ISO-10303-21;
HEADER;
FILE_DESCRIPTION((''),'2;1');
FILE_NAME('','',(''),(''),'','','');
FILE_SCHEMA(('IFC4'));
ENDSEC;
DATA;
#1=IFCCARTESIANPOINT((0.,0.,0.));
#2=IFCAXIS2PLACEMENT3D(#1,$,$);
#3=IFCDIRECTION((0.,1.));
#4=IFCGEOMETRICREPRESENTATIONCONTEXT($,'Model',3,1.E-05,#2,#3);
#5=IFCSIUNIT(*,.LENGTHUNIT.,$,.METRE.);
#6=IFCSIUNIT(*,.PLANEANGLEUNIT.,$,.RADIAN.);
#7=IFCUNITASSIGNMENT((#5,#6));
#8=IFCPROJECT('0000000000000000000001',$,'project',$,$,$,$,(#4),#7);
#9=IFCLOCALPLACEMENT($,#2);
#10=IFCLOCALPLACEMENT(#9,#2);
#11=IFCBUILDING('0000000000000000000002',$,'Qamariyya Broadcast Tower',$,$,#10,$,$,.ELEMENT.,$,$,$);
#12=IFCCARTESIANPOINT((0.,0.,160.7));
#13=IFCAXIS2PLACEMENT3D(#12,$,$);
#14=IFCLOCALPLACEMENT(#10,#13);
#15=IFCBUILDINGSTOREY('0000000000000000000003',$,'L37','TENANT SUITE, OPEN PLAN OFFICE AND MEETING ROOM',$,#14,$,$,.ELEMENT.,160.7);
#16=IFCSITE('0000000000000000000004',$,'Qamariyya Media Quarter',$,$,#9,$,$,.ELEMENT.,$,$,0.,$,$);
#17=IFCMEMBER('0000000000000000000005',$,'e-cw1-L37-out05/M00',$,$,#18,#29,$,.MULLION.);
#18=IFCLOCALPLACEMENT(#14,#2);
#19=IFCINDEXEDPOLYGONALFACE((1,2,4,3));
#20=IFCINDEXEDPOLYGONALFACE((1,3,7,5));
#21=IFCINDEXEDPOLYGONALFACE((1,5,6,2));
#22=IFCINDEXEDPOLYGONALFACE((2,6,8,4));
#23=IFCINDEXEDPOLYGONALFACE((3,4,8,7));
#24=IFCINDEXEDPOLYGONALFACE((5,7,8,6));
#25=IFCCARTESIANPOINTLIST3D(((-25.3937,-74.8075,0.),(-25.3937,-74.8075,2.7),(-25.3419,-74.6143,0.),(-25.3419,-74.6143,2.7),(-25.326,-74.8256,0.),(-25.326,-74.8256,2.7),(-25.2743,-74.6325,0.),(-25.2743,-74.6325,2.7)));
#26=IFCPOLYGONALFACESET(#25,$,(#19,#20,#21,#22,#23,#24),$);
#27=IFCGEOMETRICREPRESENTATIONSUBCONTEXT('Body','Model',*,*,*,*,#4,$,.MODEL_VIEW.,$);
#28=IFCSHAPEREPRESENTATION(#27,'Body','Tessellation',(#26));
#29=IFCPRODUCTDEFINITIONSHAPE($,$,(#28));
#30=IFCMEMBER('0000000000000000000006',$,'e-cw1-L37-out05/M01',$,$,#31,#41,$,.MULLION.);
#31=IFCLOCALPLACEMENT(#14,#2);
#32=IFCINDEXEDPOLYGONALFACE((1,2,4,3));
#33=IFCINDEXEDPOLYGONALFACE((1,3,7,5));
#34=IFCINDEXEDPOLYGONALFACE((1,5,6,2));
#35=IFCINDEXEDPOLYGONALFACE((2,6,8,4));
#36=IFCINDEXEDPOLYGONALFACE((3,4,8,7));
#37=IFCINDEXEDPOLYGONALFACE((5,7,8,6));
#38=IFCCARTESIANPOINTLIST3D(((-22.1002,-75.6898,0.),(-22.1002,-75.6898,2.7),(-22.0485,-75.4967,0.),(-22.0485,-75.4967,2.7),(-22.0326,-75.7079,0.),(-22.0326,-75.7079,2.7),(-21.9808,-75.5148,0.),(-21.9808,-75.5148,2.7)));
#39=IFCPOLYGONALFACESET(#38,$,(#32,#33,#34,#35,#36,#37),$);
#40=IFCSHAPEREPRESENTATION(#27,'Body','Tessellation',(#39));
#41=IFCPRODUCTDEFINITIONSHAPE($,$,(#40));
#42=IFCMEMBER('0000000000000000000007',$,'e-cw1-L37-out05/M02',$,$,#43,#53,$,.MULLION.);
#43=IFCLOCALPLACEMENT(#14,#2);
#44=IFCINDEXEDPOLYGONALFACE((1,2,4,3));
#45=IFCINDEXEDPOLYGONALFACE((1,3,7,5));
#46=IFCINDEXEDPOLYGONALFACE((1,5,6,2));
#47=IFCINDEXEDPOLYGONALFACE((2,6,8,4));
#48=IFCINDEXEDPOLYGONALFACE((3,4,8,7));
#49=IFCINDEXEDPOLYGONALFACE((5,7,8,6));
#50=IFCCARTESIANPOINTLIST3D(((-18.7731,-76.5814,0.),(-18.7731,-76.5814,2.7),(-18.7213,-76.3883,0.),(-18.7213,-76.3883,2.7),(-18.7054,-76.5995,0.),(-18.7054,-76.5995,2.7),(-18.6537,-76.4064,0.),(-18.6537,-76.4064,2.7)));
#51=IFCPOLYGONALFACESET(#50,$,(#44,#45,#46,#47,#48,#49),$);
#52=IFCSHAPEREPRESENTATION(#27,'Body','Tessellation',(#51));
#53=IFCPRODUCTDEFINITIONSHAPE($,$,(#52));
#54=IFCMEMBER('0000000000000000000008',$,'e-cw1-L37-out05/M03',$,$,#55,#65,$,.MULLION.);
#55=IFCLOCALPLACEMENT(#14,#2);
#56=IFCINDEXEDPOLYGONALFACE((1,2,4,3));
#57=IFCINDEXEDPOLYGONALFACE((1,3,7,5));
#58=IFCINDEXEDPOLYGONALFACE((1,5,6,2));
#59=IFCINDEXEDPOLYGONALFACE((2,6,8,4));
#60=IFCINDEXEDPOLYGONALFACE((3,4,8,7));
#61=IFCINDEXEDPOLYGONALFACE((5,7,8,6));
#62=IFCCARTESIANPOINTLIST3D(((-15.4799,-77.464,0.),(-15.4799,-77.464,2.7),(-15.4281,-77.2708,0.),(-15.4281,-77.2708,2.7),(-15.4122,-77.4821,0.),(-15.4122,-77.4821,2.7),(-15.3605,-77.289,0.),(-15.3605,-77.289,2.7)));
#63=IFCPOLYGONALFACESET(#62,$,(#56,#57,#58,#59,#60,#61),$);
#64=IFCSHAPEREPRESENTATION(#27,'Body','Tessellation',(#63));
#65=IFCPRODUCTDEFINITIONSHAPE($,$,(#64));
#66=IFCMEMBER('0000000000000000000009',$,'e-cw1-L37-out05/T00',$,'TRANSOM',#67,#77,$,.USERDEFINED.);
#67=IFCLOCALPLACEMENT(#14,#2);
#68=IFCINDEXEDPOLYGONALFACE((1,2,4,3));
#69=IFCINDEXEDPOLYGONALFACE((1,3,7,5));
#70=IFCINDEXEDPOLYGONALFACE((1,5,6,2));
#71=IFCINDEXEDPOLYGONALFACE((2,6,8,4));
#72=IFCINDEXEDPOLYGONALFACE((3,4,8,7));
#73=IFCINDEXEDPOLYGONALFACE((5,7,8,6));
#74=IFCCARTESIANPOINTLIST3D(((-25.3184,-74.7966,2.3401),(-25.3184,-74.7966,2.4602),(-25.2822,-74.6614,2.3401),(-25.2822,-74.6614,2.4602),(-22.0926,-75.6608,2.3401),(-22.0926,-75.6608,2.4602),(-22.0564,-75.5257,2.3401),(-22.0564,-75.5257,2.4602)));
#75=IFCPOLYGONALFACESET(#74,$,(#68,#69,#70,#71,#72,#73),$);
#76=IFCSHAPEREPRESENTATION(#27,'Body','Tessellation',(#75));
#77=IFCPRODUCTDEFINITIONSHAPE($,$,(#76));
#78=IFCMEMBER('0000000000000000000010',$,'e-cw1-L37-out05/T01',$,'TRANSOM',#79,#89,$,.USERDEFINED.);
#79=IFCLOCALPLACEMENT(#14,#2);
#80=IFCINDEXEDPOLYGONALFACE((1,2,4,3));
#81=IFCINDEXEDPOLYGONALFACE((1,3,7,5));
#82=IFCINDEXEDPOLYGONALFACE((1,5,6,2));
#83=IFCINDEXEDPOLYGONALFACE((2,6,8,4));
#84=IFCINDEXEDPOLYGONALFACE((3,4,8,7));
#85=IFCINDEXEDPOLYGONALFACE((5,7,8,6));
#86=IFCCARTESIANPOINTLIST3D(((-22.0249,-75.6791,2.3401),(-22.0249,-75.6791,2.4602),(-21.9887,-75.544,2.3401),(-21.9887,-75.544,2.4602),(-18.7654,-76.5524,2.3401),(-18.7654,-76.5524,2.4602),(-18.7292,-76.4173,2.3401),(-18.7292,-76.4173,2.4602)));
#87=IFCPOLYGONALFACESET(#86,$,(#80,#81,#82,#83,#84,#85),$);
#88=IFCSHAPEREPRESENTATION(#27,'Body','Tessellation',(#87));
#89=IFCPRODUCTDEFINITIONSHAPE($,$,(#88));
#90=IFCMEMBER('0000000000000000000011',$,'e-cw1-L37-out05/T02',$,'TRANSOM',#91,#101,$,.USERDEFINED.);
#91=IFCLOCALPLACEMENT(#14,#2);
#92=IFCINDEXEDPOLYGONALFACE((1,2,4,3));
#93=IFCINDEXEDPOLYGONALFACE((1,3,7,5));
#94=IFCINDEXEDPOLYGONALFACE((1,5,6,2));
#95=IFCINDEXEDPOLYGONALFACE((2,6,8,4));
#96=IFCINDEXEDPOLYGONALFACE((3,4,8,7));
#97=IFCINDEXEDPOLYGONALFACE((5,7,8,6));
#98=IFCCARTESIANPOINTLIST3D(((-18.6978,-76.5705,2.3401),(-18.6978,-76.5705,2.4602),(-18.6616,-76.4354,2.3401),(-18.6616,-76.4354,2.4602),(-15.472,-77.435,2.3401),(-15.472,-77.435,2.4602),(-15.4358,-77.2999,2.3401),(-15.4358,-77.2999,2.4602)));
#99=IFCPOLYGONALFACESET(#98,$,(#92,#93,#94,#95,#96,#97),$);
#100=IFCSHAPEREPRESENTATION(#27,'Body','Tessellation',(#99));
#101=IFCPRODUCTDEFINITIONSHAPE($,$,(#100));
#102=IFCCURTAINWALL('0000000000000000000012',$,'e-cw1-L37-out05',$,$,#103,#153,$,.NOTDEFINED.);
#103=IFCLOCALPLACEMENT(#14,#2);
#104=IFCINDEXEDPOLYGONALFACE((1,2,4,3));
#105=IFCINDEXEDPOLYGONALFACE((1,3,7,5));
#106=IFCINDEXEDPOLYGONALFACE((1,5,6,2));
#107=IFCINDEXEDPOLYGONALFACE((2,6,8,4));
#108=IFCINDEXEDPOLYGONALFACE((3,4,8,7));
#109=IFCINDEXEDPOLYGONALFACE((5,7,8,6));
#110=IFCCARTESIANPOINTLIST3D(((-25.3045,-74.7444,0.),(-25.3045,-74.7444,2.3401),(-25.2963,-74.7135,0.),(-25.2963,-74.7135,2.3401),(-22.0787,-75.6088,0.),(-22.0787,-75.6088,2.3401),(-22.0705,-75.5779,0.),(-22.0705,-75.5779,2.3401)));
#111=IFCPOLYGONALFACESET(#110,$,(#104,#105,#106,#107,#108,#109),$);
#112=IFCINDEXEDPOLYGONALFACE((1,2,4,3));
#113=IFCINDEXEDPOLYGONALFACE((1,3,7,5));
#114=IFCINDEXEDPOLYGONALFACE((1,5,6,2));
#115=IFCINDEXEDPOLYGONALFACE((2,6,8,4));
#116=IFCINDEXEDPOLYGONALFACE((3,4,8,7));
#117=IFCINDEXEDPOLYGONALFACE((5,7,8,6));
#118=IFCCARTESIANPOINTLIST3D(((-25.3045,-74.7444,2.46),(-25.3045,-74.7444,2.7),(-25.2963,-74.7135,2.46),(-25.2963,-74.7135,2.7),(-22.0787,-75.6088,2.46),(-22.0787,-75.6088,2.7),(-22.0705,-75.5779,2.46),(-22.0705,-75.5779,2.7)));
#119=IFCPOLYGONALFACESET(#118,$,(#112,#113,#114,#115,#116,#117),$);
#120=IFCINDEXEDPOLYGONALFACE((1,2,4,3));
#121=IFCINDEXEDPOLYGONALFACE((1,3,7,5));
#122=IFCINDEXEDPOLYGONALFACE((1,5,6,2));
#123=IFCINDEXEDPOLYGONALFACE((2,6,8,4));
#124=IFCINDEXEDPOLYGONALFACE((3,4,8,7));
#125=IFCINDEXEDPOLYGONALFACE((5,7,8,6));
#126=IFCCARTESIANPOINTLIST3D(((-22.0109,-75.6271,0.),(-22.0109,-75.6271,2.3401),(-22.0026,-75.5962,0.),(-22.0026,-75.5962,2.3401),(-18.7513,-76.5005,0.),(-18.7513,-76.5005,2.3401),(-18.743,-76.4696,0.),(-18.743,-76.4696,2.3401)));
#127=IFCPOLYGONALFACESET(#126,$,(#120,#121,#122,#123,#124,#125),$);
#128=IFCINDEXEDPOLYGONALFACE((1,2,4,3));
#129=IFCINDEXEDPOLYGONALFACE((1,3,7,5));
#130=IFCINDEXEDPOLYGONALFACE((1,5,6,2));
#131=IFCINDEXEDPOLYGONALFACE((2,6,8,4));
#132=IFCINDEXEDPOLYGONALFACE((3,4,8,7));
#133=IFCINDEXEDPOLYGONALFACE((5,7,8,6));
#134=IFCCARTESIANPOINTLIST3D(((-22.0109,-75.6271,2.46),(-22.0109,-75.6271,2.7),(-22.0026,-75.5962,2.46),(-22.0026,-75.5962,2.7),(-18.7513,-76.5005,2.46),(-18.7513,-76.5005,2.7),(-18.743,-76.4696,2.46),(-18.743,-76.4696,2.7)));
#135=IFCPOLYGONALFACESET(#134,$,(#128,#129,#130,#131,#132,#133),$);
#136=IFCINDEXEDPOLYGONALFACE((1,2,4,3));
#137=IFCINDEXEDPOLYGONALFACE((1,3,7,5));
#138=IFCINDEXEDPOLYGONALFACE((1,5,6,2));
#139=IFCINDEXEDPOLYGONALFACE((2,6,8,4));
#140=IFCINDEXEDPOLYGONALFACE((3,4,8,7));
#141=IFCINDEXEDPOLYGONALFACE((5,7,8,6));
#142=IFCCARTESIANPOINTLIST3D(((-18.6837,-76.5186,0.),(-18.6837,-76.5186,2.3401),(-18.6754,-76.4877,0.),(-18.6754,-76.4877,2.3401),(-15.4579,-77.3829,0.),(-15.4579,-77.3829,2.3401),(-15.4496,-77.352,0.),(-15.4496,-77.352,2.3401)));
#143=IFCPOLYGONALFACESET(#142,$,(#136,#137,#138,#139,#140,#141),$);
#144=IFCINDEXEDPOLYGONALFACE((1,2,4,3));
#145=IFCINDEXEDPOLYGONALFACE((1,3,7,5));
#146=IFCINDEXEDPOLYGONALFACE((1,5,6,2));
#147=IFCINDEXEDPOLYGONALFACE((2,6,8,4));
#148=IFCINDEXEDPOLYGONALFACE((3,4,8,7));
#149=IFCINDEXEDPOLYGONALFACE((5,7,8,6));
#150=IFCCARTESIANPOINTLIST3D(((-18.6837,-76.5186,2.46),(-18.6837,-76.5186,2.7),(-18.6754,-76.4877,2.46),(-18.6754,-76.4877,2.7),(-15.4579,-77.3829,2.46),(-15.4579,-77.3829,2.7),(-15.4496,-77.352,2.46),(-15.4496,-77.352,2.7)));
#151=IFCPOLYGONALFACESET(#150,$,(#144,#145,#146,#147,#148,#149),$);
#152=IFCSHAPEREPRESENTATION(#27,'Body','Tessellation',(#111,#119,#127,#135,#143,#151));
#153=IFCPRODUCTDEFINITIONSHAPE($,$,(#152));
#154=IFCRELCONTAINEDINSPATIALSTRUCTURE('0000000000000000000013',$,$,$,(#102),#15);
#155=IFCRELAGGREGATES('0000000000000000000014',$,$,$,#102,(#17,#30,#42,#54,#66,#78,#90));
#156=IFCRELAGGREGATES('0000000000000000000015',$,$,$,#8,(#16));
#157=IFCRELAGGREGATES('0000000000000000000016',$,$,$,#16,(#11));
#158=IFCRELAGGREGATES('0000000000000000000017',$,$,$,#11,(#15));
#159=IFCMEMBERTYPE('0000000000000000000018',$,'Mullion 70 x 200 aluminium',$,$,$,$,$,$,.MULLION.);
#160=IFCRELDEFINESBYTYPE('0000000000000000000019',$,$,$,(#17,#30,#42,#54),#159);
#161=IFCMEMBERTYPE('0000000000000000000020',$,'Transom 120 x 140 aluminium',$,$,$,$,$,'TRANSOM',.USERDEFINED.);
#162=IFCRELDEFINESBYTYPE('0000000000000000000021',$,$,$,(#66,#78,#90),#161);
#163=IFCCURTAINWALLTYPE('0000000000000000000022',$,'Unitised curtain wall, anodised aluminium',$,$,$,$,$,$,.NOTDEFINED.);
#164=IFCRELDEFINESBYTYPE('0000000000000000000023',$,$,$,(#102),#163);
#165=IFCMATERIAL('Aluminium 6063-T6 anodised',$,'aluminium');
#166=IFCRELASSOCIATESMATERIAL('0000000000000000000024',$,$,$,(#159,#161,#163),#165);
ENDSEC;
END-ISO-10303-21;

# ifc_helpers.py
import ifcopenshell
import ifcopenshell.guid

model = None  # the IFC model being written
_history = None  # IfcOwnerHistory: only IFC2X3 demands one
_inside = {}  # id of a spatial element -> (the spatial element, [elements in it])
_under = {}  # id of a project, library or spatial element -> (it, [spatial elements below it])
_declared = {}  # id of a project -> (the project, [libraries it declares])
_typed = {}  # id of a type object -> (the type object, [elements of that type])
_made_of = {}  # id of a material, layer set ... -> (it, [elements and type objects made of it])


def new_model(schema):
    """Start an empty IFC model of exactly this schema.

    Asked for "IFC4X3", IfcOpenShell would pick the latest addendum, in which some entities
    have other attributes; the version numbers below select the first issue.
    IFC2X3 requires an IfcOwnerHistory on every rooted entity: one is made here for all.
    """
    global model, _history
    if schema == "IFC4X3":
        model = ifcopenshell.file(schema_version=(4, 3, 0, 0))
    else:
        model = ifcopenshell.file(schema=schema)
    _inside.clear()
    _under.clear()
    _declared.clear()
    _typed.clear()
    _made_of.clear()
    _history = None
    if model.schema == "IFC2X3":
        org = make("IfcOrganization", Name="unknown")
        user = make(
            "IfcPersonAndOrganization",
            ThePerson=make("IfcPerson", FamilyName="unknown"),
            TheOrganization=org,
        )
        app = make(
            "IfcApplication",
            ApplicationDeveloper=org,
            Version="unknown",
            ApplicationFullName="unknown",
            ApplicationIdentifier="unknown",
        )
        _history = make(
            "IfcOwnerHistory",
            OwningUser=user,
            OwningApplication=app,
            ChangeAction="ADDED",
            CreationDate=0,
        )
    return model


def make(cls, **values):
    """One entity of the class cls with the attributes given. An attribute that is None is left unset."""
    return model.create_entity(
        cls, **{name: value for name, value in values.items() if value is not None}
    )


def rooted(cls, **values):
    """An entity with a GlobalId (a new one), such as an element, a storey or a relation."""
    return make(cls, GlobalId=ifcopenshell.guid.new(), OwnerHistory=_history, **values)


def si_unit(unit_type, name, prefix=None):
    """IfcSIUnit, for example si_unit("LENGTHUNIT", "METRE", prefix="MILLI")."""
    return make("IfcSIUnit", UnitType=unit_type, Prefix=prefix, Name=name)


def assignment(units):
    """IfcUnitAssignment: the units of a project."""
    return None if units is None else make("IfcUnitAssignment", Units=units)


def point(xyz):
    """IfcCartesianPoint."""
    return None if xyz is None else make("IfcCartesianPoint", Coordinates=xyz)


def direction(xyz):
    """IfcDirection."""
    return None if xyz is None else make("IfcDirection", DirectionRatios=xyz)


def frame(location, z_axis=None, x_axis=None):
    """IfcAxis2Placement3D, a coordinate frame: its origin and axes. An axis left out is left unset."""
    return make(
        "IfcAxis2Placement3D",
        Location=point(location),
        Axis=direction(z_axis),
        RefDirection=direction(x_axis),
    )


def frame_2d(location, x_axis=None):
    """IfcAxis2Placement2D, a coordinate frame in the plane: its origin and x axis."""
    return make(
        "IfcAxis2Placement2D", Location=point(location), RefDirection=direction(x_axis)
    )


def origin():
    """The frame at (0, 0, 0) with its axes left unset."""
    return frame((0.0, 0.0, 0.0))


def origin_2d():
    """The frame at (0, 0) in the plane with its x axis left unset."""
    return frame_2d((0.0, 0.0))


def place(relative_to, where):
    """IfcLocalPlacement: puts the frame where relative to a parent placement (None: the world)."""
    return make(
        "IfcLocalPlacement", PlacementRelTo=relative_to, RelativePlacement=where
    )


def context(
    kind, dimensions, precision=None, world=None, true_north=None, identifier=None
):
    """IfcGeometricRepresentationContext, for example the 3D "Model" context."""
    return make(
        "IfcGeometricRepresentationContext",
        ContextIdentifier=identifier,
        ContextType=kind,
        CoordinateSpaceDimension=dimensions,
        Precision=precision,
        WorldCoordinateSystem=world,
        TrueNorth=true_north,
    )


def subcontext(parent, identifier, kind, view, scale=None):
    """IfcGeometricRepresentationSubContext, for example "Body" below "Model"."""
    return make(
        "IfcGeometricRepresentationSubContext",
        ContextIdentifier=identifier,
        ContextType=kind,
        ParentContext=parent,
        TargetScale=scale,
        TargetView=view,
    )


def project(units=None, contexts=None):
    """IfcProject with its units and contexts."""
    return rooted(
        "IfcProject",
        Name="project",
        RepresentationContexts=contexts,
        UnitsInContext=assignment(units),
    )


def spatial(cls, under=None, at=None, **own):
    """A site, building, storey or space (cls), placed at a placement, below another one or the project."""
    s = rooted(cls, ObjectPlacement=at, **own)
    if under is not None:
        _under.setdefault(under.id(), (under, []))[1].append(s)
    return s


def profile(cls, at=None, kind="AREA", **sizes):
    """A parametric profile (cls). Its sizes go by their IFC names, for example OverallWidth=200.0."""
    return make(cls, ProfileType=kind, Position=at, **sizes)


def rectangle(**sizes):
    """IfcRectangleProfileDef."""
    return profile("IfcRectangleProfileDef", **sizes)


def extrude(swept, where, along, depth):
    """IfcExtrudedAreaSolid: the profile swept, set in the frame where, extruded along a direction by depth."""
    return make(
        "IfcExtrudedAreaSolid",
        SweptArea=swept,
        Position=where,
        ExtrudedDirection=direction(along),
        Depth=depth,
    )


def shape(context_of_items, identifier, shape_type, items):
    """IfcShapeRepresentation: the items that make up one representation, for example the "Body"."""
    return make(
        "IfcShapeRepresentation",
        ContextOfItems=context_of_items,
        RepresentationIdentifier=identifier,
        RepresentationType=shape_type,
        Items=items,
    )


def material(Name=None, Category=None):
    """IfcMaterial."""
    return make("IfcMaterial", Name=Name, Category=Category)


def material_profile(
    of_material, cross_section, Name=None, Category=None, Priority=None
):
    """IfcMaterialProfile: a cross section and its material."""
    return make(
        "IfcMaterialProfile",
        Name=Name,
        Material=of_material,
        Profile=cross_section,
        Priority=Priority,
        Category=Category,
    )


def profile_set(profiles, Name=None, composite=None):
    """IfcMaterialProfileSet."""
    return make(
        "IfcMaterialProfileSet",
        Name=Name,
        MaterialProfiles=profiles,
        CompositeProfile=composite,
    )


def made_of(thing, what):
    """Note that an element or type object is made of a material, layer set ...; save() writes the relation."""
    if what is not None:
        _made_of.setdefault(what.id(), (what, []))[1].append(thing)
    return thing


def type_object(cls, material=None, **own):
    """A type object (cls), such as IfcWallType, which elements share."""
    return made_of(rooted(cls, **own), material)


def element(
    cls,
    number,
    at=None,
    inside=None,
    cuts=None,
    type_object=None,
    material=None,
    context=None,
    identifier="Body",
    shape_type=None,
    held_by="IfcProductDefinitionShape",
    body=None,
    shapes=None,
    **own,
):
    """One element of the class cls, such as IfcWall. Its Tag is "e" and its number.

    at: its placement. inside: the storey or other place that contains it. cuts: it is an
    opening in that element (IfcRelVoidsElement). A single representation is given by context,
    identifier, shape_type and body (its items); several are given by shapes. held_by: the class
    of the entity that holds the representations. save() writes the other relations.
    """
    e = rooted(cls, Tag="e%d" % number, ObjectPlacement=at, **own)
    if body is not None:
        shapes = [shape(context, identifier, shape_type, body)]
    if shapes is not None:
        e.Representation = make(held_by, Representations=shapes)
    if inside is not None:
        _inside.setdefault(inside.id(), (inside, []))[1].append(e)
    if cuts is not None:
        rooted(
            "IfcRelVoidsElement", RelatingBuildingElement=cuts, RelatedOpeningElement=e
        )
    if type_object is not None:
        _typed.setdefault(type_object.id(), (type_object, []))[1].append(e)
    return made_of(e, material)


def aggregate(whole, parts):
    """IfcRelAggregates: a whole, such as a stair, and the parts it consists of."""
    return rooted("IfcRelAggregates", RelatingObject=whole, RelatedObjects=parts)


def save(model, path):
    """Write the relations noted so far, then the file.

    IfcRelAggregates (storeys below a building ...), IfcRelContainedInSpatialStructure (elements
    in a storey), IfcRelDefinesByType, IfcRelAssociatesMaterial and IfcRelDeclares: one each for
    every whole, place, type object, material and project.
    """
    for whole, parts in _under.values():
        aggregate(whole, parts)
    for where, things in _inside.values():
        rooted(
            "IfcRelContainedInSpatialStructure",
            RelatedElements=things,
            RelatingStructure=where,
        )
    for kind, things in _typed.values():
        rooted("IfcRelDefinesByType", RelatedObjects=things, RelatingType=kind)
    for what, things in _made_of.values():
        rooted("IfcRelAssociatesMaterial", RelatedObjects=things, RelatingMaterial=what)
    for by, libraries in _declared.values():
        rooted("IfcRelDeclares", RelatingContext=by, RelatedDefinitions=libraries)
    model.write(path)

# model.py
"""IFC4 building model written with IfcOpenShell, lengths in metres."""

from ifc_helpers import new_model, si_unit, direction, frame, origin, origin_2d, place, context, subcontext, project, spatial, rectangle, extrude, material, material_profile, profile_set, type_object, element, aggregate, save


model = new_model("IFC4")

# Units and contexts
model_context = context("Model", 3, precision=1e-05, world=origin(), true_north=direction((0.0, 1.0)))
body_context = subcontext(model_context, "Body", "Model", "MODEL_VIEW")
ifc_project = project(units=[si_unit("LENGTHUNIT", "METRE"), si_unit("PLANEANGLEUNIT", "RADIAN")], contexts=[model_context])

# Members
ifc_material = material(Name="Aluminium 6063-T6 anodised", Category="aluminium")
ifc_material_profile_1 = material_profile(ifc_material, rectangle(XDim=0.2, YDim=0.0701, at=origin_2d()))
ifc_profile_set_1 = profile_set([ifc_material_profile_1], Name="Aluminium 6063-T6 anodised")
member_type_1 = type_object("IfcMemberType", Name="Mullion 70 x 200 aluminium", PredefinedType="MULLION", material=ifc_profile_set_1)
site_placement = place(None, origin())
building_placement = place(site_placement, origin())
storey_placement = place(building_placement, frame((0.0, 0.0, 160.7)))
member_1_placement = place(storey_placement, frame((-25.334, -74.72, 0.0), z_axis=(0.0, 0.0, 1.0), x_axis=(0.258819, 0.965926, 0.0)))
member_1 = element("IfcMember", 1, at=member_1_placement, type_object=member_type_1, Name="e-cw1-L37-out05/M00", PredefinedType="MULLION", context=body_context, shape_type="SweptSolid", body=[
    extrude(rectangle(XDim=0.2, YDim=0.0701, at=origin_2d()), origin(), (0.0, 0.0, 1.0), 2.7),
])
member_2_placement = place(storey_placement, frame((-22.0405, -75.6023, 0.0), z_axis=(0.0, 0.0, 1.0), x_axis=(0.258819, 0.965926, 0.0)))
member_2 = element("IfcMember", 2, at=member_2_placement, type_object=member_type_1, Name="e-cw1-L37-out05/M01", PredefinedType="MULLION", context=body_context, shape_type="SweptSolid", body=[
    extrude(rectangle(XDim=0.2, YDim=0.0701, at=origin_2d()), origin(), (0.0, 0.0, 1.0), 2.7),
])
member_3_placement = place(storey_placement, frame((-18.7134, -76.4939, 0.0), z_axis=(0.0, 0.0, 1.0), x_axis=(0.258819, 0.965926, 0.0)))
member_3 = element("IfcMember", 3, at=member_3_placement, type_object=member_type_1, Name="e-cw1-L37-out05/M02", PredefinedType="MULLION", context=body_context, shape_type="SweptSolid", body=[
    extrude(rectangle(XDim=0.2, YDim=0.0701, at=origin_2d()), origin(), (0.0, 0.0, 1.0), 2.7),
])
member_4_placement = place(storey_placement, frame((-15.4202, -77.3765, 0.0), z_axis=(0.0, 0.0, 1.0), x_axis=(0.258819, 0.965926, 0.0)))
member_4 = element("IfcMember", 4, at=member_4_placement, type_object=member_type_1, Name="e-cw1-L37-out05/M03", PredefinedType="MULLION", context=body_context, shape_type="SweptSolid", body=[
    extrude(rectangle(XDim=0.2, YDim=0.0701, at=origin_2d()), origin(), (0.0, 0.0, 1.0), 2.7),
])
ifc_material_profile_2 = material_profile(ifc_material, rectangle(XDim=0.1399, YDim=0.1201, at=origin_2d()))
ifc_profile_set_2 = profile_set([ifc_material_profile_2], Name="Aluminium 6063-T6 anodised")
member_type_2 = type_object("IfcMemberType", Name="Transom 120 x 140 aluminium", ElementType="TRANSOM", PredefinedType="USERDEFINED", material=ifc_profile_set_2)
member_5_placement = place(storey_placement, frame((-25.3003, -74.729, 2.4001), z_axis=(0.965933, -0.258791, 0.0), x_axis=(0.258791, 0.965933, 0.0)))
member_5 = element("IfcMember", 5, at=member_5_placement, type_object=member_type_2, Name="e-cw1-L37-out05/T00", ObjectType="TRANSOM", PredefinedType="USERDEFINED", context=body_context, shape_type="SweptSolid", body=[
    extrude(rectangle(XDim=0.1399, YDim=0.1201, at=origin_2d()), origin(), (0.0, 0.0, 1.0), 3.3396),
])
member_6_placement = place(storey_placement, frame((-22.0068, -75.6116, 2.4001), z_axis=(0.965933, -0.258793, 0.0), x_axis=(0.258793, 0.965933, 0.0)))
member_6 = element("IfcMember", 6, at=member_6_placement, type_object=member_type_2, Name="e-cw1-L37-out05/T01", ObjectType="TRANSOM", PredefinedType="USERDEFINED", context=body_context, shape_type="SweptSolid", body=[
    extrude(rectangle(XDim=0.1399, YDim=0.1201, at=origin_2d()), origin(), (0.0, 0.0, 1.0), 3.3745),
])
member_7_placement = place(storey_placement, frame((-18.6797, -76.5029, 2.4001), z_axis=(0.965915, -0.258859, 0.0), x_axis=(0.258859, 0.965915, 0.0)))
member_7 = element("IfcMember", 7, at=member_7_placement, type_object=member_type_2, Name="e-cw1-L37-out05/T02", ObjectType="TRANSOM", PredefinedType="USERDEFINED", context=body_context, shape_type="SweptSolid", body=[
    extrude(rectangle(XDim=0.1399, YDim=0.1201, at=origin_2d()), origin(), (0.0, 0.0, 1.0), 3.3396),
])

# Site, building, storey
site = spatial("IfcSite", under=ifc_project, at=site_placement, Name="Qamariyya Media Quarter", CompositionType="ELEMENT", RefElevation=0.0)
building = spatial("IfcBuilding", under=site, at=building_placement, Name="Qamariyya Broadcast Tower", CompositionType="ELEMENT")
storey = spatial("IfcBuildingStorey", under=building, at=storey_placement, Name="L37", Description="TENANT SUITE, OPEN PLAN OFFICE AND MEETING ROOM", CompositionType="ELEMENT", Elevation=160.7)

# Curtain wall
curtain_wall_type = type_object("IfcCurtainWallType", Name="Unitised curtain wall, anodised aluminium", PredefinedType="NOTDEFINED", material=ifc_material)
curtain_wall_1_placement = place(storey_placement, origin())
curtain_wall_1 = element("IfcCurtainWall", 8, at=curtain_wall_1_placement, inside=storey, type_object=curtain_wall_type, Name="e-cw1-L37-out05", PredefinedType="NOTDEFINED", context=body_context, shape_type="SweptSolid", body=[
    extrude(rectangle(XDim=3.3396, YDim=0.032, at=origin_2d()), frame((-23.6875, -75.1611, 0.0), x_axis=(0.965926, -0.258817, 0.0)), (0.0, 0.0, 1.0), 2.3401),
    extrude(rectangle(XDim=3.3396, YDim=0.032, at=origin_2d()), frame((-23.6875, -75.1611, 2.46), x_axis=(0.965926, -0.258817, 0.0)), (0.0, 0.0, 1.0), 0.24),
    extrude(rectangle(XDim=3.3745, YDim=0.032, at=origin_2d()), frame((-20.377, -76.0483, 0.0), x_axis=(0.965926, -0.258817, 0.0)), (0.0, 0.0, 1.0), 2.3401),
    extrude(rectangle(XDim=3.3745, YDim=0.032, at=origin_2d()), frame((-20.377, -76.0483, 2.46), x_axis=(0.965926, -0.258817, 0.0)), (0.0, 0.0, 1.0), 0.24),
    extrude(rectangle(XDim=3.3396, YDim=0.032, at=origin_2d()), frame((-17.0667, -76.9353, 0.0), x_axis=(0.965926, -0.258817, 0.0)), (0.0, 0.0, 1.0), 2.3401),
    extrude(rectangle(XDim=3.3396, YDim=0.032, at=origin_2d()), frame((-17.0667, -76.9353, 2.46), x_axis=(0.965926, -0.258817, 0.0)), (0.0, 0.0, 1.0), 0.24),
])
aggregate(curtain_wall_1, [member_1, member_2, member_3, member_4, member_5, member_6, member_7])

save(model, "model.ifc")
